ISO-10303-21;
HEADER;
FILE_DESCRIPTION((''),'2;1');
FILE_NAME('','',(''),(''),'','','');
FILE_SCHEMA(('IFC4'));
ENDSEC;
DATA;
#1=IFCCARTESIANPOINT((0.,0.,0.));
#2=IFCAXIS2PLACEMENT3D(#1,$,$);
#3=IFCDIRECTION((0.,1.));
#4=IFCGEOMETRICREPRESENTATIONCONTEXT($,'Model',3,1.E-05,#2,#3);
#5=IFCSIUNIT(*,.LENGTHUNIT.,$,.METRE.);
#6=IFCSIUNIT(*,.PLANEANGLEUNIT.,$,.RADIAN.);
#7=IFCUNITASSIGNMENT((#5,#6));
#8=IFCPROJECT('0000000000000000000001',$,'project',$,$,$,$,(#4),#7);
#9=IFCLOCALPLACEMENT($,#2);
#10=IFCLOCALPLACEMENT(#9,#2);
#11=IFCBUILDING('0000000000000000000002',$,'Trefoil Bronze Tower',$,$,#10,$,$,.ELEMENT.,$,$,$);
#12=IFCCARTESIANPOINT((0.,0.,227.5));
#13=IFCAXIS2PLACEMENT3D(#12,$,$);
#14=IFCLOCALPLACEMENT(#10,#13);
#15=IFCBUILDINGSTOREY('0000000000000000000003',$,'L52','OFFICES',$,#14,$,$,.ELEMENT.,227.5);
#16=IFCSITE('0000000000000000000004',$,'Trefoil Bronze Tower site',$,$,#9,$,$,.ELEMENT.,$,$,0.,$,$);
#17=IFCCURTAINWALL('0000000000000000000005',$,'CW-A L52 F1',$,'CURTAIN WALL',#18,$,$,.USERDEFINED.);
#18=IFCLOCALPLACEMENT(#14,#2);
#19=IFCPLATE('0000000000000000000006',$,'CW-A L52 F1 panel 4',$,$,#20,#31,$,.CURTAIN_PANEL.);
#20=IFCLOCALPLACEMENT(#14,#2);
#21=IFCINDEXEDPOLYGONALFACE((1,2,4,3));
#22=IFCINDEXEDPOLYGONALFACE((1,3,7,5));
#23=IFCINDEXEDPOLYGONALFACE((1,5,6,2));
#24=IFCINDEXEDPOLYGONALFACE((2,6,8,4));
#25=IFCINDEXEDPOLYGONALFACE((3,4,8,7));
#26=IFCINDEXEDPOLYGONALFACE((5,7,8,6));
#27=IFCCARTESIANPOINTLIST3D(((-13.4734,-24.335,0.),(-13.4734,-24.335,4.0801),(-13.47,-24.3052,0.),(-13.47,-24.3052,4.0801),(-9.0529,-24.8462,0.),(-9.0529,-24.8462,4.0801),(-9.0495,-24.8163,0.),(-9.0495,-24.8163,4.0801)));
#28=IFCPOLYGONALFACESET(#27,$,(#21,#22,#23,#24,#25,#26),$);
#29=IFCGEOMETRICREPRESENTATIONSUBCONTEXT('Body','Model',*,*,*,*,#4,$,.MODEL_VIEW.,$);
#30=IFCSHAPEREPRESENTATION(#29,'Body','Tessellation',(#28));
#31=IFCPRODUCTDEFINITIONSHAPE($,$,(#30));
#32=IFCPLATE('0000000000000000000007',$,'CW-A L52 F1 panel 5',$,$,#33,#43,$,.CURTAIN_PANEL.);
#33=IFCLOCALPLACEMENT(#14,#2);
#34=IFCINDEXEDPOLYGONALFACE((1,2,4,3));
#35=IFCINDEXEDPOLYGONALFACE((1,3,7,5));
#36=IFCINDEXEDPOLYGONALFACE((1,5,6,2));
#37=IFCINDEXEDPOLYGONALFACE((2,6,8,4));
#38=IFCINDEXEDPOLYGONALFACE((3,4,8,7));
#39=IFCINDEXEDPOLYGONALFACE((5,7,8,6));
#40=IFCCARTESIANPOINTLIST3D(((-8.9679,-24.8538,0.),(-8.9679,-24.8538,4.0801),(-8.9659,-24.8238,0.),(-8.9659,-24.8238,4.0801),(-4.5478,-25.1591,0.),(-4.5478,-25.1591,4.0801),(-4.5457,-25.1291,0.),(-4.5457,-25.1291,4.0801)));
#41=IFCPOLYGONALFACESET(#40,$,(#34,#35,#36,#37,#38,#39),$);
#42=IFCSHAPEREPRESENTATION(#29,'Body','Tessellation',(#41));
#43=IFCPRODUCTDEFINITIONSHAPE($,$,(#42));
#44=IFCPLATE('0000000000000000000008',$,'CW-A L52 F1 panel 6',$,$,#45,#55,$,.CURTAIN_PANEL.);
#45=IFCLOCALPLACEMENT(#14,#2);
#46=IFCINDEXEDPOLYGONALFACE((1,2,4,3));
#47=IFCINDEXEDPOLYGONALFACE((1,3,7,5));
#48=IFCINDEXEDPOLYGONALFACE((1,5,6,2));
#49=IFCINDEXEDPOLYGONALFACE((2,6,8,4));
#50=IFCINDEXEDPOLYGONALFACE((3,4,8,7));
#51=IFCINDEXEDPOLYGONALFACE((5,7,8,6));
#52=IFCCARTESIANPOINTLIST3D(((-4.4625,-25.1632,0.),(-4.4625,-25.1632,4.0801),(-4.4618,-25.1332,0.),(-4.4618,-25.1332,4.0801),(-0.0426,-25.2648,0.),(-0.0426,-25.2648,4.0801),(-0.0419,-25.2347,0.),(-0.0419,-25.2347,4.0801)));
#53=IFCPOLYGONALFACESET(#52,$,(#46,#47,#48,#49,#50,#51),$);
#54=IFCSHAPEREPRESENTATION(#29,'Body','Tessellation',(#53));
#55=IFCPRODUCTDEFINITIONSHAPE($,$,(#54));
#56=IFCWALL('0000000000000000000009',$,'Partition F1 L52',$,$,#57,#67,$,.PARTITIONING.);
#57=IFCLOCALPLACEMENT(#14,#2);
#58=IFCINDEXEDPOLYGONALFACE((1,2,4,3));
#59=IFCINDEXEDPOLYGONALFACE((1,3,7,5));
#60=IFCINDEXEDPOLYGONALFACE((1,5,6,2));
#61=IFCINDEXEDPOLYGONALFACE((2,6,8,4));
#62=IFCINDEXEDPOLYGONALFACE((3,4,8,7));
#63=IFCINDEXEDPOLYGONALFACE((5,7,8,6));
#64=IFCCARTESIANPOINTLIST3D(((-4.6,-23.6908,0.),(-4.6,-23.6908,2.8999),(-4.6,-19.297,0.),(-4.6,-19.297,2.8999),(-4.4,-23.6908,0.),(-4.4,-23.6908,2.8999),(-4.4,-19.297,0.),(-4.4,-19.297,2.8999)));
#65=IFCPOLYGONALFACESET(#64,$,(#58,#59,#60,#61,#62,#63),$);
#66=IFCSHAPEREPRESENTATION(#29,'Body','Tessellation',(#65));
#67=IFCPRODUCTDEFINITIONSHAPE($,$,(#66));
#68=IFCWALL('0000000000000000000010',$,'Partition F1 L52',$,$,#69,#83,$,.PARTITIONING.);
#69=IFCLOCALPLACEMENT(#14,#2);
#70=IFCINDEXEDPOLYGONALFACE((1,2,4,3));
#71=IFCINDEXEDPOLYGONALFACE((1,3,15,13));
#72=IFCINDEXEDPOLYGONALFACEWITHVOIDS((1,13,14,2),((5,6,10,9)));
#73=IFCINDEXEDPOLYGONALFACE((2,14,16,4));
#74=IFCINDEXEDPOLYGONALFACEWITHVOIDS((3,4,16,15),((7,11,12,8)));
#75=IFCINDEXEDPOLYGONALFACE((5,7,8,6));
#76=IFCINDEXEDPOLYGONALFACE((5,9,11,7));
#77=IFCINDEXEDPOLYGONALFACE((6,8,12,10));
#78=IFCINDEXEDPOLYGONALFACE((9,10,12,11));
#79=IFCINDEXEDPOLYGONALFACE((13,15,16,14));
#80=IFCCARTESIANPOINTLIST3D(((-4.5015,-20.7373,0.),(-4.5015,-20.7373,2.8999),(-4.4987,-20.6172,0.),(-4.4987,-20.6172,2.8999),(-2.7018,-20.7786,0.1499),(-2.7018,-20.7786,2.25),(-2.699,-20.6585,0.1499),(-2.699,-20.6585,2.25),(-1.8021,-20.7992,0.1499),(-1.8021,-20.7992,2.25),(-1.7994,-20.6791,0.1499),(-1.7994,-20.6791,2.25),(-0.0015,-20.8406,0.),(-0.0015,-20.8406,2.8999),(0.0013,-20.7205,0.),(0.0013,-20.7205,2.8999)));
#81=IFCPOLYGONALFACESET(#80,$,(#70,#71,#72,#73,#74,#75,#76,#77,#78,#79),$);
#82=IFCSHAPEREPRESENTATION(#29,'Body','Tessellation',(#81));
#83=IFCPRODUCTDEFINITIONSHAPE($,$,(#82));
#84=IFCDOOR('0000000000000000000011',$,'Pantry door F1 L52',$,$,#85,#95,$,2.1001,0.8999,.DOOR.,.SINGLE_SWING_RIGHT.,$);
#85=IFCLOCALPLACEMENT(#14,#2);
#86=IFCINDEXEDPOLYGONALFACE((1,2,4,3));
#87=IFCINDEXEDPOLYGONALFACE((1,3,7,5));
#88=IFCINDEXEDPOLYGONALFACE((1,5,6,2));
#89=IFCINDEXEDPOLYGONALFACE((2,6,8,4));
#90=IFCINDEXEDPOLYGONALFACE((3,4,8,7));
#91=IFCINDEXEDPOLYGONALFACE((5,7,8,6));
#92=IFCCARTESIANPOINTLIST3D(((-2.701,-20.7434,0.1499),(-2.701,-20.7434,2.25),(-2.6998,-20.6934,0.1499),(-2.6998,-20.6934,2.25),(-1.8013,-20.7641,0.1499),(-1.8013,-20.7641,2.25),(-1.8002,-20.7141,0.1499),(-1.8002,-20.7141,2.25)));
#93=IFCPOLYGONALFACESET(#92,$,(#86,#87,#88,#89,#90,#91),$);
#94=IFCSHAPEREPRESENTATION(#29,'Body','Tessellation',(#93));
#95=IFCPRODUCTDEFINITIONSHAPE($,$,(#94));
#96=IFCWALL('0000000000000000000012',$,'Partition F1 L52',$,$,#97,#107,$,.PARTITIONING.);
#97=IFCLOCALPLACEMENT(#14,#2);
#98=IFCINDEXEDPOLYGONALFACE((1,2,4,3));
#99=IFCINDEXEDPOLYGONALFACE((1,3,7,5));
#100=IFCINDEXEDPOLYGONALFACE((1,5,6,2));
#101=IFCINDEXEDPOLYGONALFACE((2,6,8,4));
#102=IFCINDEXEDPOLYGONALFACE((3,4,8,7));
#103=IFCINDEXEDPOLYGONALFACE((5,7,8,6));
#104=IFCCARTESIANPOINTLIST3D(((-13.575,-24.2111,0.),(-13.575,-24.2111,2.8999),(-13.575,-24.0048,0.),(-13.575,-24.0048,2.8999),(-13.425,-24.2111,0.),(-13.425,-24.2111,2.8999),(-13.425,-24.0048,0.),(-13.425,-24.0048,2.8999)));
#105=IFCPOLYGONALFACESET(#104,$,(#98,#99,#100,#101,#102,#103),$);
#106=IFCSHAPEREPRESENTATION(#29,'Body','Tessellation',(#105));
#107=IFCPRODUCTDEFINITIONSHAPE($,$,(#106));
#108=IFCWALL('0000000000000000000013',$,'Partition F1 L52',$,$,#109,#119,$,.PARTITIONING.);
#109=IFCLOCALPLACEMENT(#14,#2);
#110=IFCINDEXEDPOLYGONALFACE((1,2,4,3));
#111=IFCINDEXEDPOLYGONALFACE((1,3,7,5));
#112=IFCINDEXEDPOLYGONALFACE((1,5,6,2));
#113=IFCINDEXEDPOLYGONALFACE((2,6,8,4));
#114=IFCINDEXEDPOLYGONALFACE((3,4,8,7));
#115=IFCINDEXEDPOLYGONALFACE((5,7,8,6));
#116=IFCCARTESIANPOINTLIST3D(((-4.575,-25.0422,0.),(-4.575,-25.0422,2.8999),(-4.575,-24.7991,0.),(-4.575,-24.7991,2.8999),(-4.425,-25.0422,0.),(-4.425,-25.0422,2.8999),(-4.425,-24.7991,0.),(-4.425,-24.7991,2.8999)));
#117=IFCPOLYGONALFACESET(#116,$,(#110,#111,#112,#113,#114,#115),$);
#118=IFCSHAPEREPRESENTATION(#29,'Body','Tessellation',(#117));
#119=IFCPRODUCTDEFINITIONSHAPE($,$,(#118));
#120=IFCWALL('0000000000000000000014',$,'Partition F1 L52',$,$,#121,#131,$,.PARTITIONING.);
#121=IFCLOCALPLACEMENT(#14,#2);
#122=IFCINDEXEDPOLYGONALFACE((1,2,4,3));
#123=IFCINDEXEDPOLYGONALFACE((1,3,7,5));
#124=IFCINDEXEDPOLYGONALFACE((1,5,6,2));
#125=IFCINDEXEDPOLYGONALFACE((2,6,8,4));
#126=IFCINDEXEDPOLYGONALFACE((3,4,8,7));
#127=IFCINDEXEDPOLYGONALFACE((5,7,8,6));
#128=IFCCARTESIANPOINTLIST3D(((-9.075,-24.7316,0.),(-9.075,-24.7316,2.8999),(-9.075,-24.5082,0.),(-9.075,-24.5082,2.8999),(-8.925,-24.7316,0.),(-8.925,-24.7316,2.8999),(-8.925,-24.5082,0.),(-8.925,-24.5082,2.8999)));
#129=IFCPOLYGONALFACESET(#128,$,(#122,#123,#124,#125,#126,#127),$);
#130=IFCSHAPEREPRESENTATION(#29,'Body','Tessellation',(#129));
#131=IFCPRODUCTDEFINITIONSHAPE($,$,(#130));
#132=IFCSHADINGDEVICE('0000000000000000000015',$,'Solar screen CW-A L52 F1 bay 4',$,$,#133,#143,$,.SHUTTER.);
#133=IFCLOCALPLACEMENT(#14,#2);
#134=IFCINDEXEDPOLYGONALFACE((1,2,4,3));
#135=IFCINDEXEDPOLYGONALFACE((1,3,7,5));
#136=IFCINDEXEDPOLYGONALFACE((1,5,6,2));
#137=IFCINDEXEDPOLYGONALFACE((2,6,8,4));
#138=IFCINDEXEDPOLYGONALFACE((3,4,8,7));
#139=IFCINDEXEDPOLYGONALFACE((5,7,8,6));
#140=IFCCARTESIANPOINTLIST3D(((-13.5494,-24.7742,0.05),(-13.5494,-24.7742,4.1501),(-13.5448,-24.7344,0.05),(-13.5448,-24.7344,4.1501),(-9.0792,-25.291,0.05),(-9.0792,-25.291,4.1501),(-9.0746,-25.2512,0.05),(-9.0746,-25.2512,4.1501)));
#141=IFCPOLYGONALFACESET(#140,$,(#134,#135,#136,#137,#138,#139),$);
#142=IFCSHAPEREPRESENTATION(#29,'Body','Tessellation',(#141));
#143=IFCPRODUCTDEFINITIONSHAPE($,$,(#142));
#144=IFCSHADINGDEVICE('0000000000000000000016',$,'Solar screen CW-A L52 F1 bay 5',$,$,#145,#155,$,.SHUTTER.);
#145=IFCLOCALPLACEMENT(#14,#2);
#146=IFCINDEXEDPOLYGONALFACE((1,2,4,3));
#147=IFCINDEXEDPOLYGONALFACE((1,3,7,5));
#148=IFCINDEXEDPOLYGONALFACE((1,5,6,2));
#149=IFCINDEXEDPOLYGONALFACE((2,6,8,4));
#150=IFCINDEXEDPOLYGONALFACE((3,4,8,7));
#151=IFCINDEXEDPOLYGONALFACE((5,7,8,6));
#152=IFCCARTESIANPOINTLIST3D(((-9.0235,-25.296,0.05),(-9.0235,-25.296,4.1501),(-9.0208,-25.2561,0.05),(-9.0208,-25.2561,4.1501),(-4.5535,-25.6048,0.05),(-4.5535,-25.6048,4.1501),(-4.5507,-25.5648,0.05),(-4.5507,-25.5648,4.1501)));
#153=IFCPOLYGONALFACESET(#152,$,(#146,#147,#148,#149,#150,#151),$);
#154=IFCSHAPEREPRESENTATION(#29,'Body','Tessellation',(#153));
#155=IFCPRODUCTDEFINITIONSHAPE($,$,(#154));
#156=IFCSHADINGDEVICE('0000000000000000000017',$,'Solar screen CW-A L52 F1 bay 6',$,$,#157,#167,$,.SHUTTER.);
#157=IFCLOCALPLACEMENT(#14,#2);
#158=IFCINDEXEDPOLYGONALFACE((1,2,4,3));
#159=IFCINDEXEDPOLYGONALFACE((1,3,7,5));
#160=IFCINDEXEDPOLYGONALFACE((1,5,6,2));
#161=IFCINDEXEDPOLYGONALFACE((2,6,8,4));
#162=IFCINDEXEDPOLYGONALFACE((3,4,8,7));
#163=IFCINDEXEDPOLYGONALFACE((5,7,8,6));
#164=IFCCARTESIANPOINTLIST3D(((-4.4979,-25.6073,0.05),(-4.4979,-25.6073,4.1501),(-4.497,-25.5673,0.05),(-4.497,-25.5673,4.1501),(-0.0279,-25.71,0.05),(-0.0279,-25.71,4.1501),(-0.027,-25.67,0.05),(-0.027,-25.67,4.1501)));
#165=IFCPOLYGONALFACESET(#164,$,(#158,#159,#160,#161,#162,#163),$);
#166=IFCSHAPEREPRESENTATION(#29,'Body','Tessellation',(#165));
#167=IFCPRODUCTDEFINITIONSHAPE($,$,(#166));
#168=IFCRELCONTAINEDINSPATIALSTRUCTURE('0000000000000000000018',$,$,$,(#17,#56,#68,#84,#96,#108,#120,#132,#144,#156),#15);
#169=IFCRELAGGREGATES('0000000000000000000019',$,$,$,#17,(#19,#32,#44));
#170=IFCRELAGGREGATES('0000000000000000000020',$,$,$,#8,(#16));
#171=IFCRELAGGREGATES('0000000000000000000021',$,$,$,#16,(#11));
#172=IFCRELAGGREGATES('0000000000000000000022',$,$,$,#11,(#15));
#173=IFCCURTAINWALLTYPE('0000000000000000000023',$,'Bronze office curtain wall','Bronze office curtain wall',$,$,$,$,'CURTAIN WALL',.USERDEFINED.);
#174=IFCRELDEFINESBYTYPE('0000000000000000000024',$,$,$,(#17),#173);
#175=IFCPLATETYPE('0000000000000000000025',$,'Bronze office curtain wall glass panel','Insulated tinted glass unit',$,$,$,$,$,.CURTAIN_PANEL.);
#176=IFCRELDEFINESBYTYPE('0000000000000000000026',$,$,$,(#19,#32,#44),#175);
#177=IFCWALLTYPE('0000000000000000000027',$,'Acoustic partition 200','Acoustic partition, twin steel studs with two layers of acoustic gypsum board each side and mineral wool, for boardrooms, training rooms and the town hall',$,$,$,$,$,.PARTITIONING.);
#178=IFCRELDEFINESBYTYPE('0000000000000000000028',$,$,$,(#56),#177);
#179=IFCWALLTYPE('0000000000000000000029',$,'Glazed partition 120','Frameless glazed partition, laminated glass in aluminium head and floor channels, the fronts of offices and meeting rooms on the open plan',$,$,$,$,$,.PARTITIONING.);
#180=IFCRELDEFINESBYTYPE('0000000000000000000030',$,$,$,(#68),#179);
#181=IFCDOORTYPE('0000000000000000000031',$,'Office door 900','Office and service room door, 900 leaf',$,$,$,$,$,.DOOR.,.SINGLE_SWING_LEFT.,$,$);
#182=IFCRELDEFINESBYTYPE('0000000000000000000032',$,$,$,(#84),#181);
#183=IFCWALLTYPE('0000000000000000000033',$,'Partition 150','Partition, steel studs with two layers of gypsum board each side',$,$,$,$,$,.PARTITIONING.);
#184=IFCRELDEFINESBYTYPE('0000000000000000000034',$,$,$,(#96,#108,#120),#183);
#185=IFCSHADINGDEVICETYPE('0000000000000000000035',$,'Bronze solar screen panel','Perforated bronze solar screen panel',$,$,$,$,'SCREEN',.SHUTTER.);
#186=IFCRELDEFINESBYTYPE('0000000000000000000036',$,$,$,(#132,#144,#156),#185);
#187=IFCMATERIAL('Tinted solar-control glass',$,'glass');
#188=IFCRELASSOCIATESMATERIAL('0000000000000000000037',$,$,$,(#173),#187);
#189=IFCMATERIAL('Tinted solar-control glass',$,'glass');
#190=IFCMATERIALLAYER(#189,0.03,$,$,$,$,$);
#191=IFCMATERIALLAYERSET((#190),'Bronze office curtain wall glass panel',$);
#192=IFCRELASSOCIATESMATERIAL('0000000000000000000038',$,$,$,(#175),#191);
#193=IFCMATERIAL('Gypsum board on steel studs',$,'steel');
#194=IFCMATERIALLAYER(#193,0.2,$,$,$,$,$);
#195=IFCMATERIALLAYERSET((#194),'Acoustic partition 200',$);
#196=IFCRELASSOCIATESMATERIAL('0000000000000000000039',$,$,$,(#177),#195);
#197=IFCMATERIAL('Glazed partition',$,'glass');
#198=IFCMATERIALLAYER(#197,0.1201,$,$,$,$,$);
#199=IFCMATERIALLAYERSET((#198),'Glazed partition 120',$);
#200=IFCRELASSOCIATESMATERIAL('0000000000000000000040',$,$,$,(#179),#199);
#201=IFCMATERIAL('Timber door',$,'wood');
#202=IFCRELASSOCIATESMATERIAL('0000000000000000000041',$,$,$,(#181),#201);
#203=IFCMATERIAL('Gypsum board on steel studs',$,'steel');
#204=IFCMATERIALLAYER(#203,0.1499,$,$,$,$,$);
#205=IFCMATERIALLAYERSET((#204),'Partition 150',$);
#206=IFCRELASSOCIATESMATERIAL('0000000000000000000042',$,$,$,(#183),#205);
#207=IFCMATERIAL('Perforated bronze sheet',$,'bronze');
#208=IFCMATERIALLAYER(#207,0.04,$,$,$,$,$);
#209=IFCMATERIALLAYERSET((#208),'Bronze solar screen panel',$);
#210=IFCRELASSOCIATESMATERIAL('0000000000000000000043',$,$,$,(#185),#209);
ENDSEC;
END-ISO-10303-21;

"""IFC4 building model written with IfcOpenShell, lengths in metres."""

from ifc_helpers import new_model, si_unit, direction, frame, frame_2d, origin, origin_2d, place, context, subcontext, project, spatial, rectangle, extrude, material, layer, layer_set, type_object, element, fill, aggregate, save


model = new_model("IFC4")

# Units and contexts
model_context = context("Model", 3, precision=1e-05, world=origin(), true_north=direction((0.0, 1.0)))
body_context = subcontext(model_context, "Body", "Model", "MODEL_VIEW")
ifc_project = project(units=[si_unit("LENGTHUNIT", "METRE"), si_unit("PLANEANGLEUNIT", "RADIAN")], contexts=[model_context])

# Site, building, storey
site_placement = place(None, origin())
site = spatial("IfcSite", under=ifc_project, at=site_placement, Name="Trefoil Bronze Tower site", CompositionType="ELEMENT", RefElevation=0.0)
building_placement = place(site_placement, origin())
building = spatial("IfcBuilding", under=site, at=building_placement, Name="Trefoil Bronze Tower", CompositionType="ELEMENT")
storey_placement = place(building_placement, frame((0.0, 0.0, 227.5)))
storey = spatial("IfcBuildingStorey", under=building, at=storey_placement, Name="L52", Description="OFFICES", CompositionType="ELEMENT", Elevation=227.5)

# Curtain wall
ifc_material_1 = material(Name="Tinted solar-control glass", Category="glass")
curtain_wall_type = type_object("IfcCurtainWallType", Name="Bronze office curtain wall", Description="Bronze office curtain wall", ElementType="CURTAIN WALL", PredefinedType="USERDEFINED", material=ifc_material_1)
curtain_wall_placement = place(storey_placement, origin())
curtain_wall = element("IfcCurtainWall", 1, at=curtain_wall_placement, inside=storey, type_object=curtain_wall_type, Name="CW-A L52 F1", ObjectType="CURTAIN WALL", PredefinedType="USERDEFINED")

# Plates
ifc_material_2 = material(Name="Tinted solar-control glass", Category="glass")
ifc_layer_1 = layer(ifc_material_2, 0.03)
ifc_layer_set_1 = layer_set([ifc_layer_1], Name="Bronze office curtain wall glass panel")
plate_type = type_object("IfcPlateType", Name="Bronze office curtain wall glass panel", Description="Insulated tinted glass unit", PredefinedType="CURTAIN_PANEL", material=ifc_layer_set_1)
plate_1_placement = place(storey_placement, frame((-11.2615, -24.5757, 0.0), z_axis=(0.0, 0.0, 1.0), x_axis=(0.993382, -0.114859, 0.0)))
plate_1 = element("IfcPlate", 2, at=plate_1_placement, type_object=plate_type, Name="CW-A L52 F1 panel 4", PredefinedType="CURTAIN_PANEL", context=body_context, shape_type="SweptSolid", body=[
    extrude(rectangle(XDim=4.45, YDim=0.03, at=origin_2d()), origin(), (0.0, 0.0, 1.0), 4.0801),
])
plate_2_placement = place(storey_placement, frame((-6.7568, -24.9915, 0.0), z_axis=(0.0, 0.0, 1.0), x_axis=(0.997623, -0.068915, 0.0)))
plate_2 = element("IfcPlate", 3, at=plate_2_placement, type_object=plate_type, Name="CW-A L52 F1 panel 5", PredefinedType="CURTAIN_PANEL", context=body_context, shape_type="SweptSolid", body=[
    extrude(rectangle(XDim=4.4307, YDim=0.03, at=origin_2d()), origin(), (0.0, 0.0, 1.0), 4.0801),
])
plate_3_placement = place(storey_placement, frame((-2.2522, -25.199, 0.0), z_axis=(0.0, 0.0, 1.0), x_axis=(0.999736, -0.022972, 0.0)))
plate_3 = element("IfcPlate", 4, at=plate_3_placement, type_object=plate_type, Name="CW-A L52 F1 panel 6", PredefinedType="CURTAIN_PANEL", context=body_context, shape_type="SweptSolid", body=[
    extrude(rectangle(XDim=4.4211, YDim=0.03, at=origin_2d()), origin(), (0.0, 0.0, 1.0), 4.0801),
])
aggregate(curtain_wall, [plate_1, plate_2, plate_3])

# Wall
ifc_material_3 = material(Name="Gypsum board on steel studs", Category="steel")
ifc_layer_2 = layer(ifc_material_3, 0.2)
ifc_layer_set_2 = layer_set([ifc_layer_2], Name="Acoustic partition 200")
wall_type_1 = type_object("IfcWallType", Name="Acoustic partition 200", Description="Acoustic partition, twin steel studs with two layers of acoustic gypsum board each side and mineral wool, for boardrooms, training rooms and the town hall", PredefinedType="PARTITIONING", material=ifc_layer_set_2)
wall_1_placement = place(storey_placement, frame((-4.5, -19.2971, 0.0), z_axis=(0.0, 0.0, 1.0), x_axis=(0.0, -1.0, 0.0)))
element("IfcWall", 5, at=wall_1_placement, inside=storey, type_object=wall_type_1, Name="Partition F1 L52", PredefinedType="PARTITIONING", context=body_context, shape_type="SweptSolid", body=[
    extrude(rectangle(XDim=4.3938, YDim=0.2, at=frame_2d((2.1968, 0.0))), origin(), (0.0, 0.0, 1.0), 2.8999),
])

# Wall, opening, door
ifc_material_4 = material(Name="Glazed partition", Category="glass")
ifc_layer_3 = layer(ifc_material_4, 0.1201)
ifc_layer_set_3 = layer_set([ifc_layer_3], Name="Glazed partition 120")
wall_type_2 = type_object("IfcWallType", Name="Glazed partition 120", Description="Frameless glazed partition, laminated glass in aluminium head and floor channels, the fronts of offices and meeting rooms on the open plan", PredefinedType="PARTITIONING", material=ifc_layer_set_3)
wall_2_placement = place(storey_placement, frame((-4.5, -20.6772, 0.0), z_axis=(0.0, 0.0, 1.0), x_axis=(0.999737, -0.022943, 0.0)))
wall_2 = element("IfcWall", 6, at=wall_2_placement, inside=storey, type_object=wall_type_2, Name="Partition F1 L52", PredefinedType="PARTITIONING", context=body_context, shape_type="SweptSolid", body=[
    extrude(rectangle(XDim=4.5012, YDim=0.1201, at=frame_2d((2.2505, 0.0))), origin(), (0.0, 0.0, 1.0), 2.8999),
])
opening_placement = place(wall_2_placement, frame((1.8, 0.0, 0.1499)))
opening = element("IfcOpeningElement", 7, at=opening_placement, cuts=wall_2, PredefinedType="OPENING", context=body_context, shape_type="SweptSolid", body=[
    extrude(rectangle(XDim=0.8999, YDim=2.1001, at=frame_2d((0.45, 1.05))), frame((0.0, 0.0701, 0.0), z_axis=(0.0, -1.0, 0.0), x_axis=(1.0, 0.0, 0.0)), (0.0, 0.0, 1.0), 0.1401),
])
ifc_material_5 = material(Name="Timber door", Category="wood")
door_type = type_object("IfcDoorType", Name="Office door 900", Description="Office and service room door, 900 leaf", OperationType="SINGLE_SWING_LEFT", PredefinedType="DOOR", material=ifc_material_5)
door_placement = place(opening_placement, frame((0.8999, 0.0, 0.0), z_axis=(0.0, 0.0, 1.0), x_axis=(-1.0, 0.0, 0.0)))
door = element("IfcDoor", 8, at=door_placement, inside=storey, type_object=door_type, Name="Pantry door F1 L52", OperationType="SINGLE_SWING_RIGHT", OverallHeight=2.1001, OverallWidth=0.8999, PredefinedType="DOOR", context=body_context, shape_type="SweptSolid", body=[
    extrude(rectangle(XDim=0.8999, YDim=2.1001, at=frame_2d((0.45, 1.05))), frame((0.0, 0.0249, 0.0), z_axis=(0.0, -1.0, 0.0), x_axis=(1.0, 0.0, 0.0)), (0.0, 0.0, 1.0), 0.05),
])
fill(opening, door)

# Walls
ifc_material_6 = material(Name="Gypsum board on steel studs", Category="steel")
ifc_layer_4 = layer(ifc_material_6, 0.1499)
ifc_layer_set_4 = layer_set([ifc_layer_4], Name="Partition 150")
wall_type_3 = type_object("IfcWallType", Name="Partition 150", Description="Partition, steel studs with two layers of gypsum board each side", PredefinedType="PARTITIONING", material=ifc_layer_set_4)
wall_3_placement = place(storey_placement, frame((-13.5, -24.0049, 0.0), z_axis=(0.0, 0.0, 1.0), x_axis=(0.0, -1.0, 0.0)))
element("IfcWall", 9, at=wall_3_placement, inside=storey, type_object=wall_type_3, Name="Partition F1 L52", PredefinedType="PARTITIONING", context=body_context, shape_type="SweptSolid", body=[
    extrude(rectangle(XDim=0.2063, YDim=0.1499, at=frame_2d((0.103, 0.0))), origin(), (0.0, 0.0, 1.0), 2.8999),
])
wall_4_placement = place(storey_placement, frame((-4.5, -24.7991, 0.0), z_axis=(0.0, 0.0, 1.0), x_axis=(0.0, -1.0, 0.0)))
element("IfcWall", 10, at=wall_4_placement, inside=storey, type_object=wall_type_3, Name="Partition F1 L52", PredefinedType="PARTITIONING", context=body_context, shape_type="SweptSolid", body=[
    extrude(rectangle(XDim=0.2432, YDim=0.1499, at=frame_2d((0.1216, 0.0))), origin(), (0.0, 0.0, 1.0), 2.8999),
])
wall_5_placement = place(storey_placement, frame((-9.0, -24.5081, 0.0), z_axis=(0.0, 0.0, 1.0), x_axis=(0.0, -1.0, 0.0)))
element("IfcWall", 11, at=wall_5_placement, inside=storey, type_object=wall_type_3, Name="Partition F1 L52", PredefinedType="PARTITIONING", context=body_context, shape_type="SweptSolid", body=[
    extrude(rectangle(XDim=0.2234, YDim=0.1499, at=frame_2d((0.1118, 0.0))), origin(), (0.0, 0.0, 1.0), 2.8999),
])

# Shading devices
ifc_material_7 = material(Name="Perforated bronze sheet", Category="bronze")
ifc_layer_5 = layer(ifc_material_7, 0.04)
ifc_layer_set_5 = layer_set([ifc_layer_5], Name="Bronze solar screen panel")
shading_device_type = type_object("IfcShadingDeviceType", Name="Bronze solar screen panel", Description="Perforated bronze solar screen panel", ElementType="SCREEN", PredefinedType="SHUTTER", material=ifc_layer_set_5)
shading_device_1_placement = place(storey_placement, frame((-11.312, -25.0127, 0.05), z_axis=(0.0, 0.0, 1.0), x_axis=(0.993382, -0.114859, 0.0)))
element("IfcShadingDevice", 12, at=shading_device_1_placement, inside=storey, type_object=shading_device_type, Name="Solar screen CW-A L52 F1 bay 4", PredefinedType="SHUTTER", context=body_context, shape_type="SweptSolid", body=[
    extrude(rectangle(XDim=4.5, YDim=0.04, at=origin_2d()), origin(), (0.0, 0.0, 1.0), 4.1001),
])
shading_device_2_placement = place(storey_placement, frame((-6.7871, -25.4304, 0.05), z_axis=(0.0, 0.0, 1.0), x_axis=(0.997623, -0.068915, 0.0)))
element("IfcShadingDevice", 13, at=shading_device_2_placement, inside=storey, type_object=shading_device_type, Name="Solar screen CW-A L52 F1 bay 5", PredefinedType="SHUTTER", context=body_context, shape_type="SweptSolid", body=[
    extrude(rectangle(XDim=4.4807, YDim=0.04, at=origin_2d()), origin(), (0.0, 0.0, 1.0), 4.1001),
])
shading_device_3_placement = place(storey_placement, frame((-2.2625, -25.6387, 0.05), z_axis=(0.0, 0.0, 1.0), x_axis=(0.999736, -0.022972, 0.0)))
element("IfcShadingDevice", 14, at=shading_device_3_placement, inside=storey, type_object=shading_device_type, Name="Solar screen CW-A L52 F1 bay 6", PredefinedType="SHUTTER", context=body_context, shape_type="SweptSolid", body=[
    extrude(rectangle(XDim=4.4712, YDim=0.04, at=origin_2d()), origin(), (0.0, 0.0, 1.0), 4.1001),
])

save(model, "model.ifc")
